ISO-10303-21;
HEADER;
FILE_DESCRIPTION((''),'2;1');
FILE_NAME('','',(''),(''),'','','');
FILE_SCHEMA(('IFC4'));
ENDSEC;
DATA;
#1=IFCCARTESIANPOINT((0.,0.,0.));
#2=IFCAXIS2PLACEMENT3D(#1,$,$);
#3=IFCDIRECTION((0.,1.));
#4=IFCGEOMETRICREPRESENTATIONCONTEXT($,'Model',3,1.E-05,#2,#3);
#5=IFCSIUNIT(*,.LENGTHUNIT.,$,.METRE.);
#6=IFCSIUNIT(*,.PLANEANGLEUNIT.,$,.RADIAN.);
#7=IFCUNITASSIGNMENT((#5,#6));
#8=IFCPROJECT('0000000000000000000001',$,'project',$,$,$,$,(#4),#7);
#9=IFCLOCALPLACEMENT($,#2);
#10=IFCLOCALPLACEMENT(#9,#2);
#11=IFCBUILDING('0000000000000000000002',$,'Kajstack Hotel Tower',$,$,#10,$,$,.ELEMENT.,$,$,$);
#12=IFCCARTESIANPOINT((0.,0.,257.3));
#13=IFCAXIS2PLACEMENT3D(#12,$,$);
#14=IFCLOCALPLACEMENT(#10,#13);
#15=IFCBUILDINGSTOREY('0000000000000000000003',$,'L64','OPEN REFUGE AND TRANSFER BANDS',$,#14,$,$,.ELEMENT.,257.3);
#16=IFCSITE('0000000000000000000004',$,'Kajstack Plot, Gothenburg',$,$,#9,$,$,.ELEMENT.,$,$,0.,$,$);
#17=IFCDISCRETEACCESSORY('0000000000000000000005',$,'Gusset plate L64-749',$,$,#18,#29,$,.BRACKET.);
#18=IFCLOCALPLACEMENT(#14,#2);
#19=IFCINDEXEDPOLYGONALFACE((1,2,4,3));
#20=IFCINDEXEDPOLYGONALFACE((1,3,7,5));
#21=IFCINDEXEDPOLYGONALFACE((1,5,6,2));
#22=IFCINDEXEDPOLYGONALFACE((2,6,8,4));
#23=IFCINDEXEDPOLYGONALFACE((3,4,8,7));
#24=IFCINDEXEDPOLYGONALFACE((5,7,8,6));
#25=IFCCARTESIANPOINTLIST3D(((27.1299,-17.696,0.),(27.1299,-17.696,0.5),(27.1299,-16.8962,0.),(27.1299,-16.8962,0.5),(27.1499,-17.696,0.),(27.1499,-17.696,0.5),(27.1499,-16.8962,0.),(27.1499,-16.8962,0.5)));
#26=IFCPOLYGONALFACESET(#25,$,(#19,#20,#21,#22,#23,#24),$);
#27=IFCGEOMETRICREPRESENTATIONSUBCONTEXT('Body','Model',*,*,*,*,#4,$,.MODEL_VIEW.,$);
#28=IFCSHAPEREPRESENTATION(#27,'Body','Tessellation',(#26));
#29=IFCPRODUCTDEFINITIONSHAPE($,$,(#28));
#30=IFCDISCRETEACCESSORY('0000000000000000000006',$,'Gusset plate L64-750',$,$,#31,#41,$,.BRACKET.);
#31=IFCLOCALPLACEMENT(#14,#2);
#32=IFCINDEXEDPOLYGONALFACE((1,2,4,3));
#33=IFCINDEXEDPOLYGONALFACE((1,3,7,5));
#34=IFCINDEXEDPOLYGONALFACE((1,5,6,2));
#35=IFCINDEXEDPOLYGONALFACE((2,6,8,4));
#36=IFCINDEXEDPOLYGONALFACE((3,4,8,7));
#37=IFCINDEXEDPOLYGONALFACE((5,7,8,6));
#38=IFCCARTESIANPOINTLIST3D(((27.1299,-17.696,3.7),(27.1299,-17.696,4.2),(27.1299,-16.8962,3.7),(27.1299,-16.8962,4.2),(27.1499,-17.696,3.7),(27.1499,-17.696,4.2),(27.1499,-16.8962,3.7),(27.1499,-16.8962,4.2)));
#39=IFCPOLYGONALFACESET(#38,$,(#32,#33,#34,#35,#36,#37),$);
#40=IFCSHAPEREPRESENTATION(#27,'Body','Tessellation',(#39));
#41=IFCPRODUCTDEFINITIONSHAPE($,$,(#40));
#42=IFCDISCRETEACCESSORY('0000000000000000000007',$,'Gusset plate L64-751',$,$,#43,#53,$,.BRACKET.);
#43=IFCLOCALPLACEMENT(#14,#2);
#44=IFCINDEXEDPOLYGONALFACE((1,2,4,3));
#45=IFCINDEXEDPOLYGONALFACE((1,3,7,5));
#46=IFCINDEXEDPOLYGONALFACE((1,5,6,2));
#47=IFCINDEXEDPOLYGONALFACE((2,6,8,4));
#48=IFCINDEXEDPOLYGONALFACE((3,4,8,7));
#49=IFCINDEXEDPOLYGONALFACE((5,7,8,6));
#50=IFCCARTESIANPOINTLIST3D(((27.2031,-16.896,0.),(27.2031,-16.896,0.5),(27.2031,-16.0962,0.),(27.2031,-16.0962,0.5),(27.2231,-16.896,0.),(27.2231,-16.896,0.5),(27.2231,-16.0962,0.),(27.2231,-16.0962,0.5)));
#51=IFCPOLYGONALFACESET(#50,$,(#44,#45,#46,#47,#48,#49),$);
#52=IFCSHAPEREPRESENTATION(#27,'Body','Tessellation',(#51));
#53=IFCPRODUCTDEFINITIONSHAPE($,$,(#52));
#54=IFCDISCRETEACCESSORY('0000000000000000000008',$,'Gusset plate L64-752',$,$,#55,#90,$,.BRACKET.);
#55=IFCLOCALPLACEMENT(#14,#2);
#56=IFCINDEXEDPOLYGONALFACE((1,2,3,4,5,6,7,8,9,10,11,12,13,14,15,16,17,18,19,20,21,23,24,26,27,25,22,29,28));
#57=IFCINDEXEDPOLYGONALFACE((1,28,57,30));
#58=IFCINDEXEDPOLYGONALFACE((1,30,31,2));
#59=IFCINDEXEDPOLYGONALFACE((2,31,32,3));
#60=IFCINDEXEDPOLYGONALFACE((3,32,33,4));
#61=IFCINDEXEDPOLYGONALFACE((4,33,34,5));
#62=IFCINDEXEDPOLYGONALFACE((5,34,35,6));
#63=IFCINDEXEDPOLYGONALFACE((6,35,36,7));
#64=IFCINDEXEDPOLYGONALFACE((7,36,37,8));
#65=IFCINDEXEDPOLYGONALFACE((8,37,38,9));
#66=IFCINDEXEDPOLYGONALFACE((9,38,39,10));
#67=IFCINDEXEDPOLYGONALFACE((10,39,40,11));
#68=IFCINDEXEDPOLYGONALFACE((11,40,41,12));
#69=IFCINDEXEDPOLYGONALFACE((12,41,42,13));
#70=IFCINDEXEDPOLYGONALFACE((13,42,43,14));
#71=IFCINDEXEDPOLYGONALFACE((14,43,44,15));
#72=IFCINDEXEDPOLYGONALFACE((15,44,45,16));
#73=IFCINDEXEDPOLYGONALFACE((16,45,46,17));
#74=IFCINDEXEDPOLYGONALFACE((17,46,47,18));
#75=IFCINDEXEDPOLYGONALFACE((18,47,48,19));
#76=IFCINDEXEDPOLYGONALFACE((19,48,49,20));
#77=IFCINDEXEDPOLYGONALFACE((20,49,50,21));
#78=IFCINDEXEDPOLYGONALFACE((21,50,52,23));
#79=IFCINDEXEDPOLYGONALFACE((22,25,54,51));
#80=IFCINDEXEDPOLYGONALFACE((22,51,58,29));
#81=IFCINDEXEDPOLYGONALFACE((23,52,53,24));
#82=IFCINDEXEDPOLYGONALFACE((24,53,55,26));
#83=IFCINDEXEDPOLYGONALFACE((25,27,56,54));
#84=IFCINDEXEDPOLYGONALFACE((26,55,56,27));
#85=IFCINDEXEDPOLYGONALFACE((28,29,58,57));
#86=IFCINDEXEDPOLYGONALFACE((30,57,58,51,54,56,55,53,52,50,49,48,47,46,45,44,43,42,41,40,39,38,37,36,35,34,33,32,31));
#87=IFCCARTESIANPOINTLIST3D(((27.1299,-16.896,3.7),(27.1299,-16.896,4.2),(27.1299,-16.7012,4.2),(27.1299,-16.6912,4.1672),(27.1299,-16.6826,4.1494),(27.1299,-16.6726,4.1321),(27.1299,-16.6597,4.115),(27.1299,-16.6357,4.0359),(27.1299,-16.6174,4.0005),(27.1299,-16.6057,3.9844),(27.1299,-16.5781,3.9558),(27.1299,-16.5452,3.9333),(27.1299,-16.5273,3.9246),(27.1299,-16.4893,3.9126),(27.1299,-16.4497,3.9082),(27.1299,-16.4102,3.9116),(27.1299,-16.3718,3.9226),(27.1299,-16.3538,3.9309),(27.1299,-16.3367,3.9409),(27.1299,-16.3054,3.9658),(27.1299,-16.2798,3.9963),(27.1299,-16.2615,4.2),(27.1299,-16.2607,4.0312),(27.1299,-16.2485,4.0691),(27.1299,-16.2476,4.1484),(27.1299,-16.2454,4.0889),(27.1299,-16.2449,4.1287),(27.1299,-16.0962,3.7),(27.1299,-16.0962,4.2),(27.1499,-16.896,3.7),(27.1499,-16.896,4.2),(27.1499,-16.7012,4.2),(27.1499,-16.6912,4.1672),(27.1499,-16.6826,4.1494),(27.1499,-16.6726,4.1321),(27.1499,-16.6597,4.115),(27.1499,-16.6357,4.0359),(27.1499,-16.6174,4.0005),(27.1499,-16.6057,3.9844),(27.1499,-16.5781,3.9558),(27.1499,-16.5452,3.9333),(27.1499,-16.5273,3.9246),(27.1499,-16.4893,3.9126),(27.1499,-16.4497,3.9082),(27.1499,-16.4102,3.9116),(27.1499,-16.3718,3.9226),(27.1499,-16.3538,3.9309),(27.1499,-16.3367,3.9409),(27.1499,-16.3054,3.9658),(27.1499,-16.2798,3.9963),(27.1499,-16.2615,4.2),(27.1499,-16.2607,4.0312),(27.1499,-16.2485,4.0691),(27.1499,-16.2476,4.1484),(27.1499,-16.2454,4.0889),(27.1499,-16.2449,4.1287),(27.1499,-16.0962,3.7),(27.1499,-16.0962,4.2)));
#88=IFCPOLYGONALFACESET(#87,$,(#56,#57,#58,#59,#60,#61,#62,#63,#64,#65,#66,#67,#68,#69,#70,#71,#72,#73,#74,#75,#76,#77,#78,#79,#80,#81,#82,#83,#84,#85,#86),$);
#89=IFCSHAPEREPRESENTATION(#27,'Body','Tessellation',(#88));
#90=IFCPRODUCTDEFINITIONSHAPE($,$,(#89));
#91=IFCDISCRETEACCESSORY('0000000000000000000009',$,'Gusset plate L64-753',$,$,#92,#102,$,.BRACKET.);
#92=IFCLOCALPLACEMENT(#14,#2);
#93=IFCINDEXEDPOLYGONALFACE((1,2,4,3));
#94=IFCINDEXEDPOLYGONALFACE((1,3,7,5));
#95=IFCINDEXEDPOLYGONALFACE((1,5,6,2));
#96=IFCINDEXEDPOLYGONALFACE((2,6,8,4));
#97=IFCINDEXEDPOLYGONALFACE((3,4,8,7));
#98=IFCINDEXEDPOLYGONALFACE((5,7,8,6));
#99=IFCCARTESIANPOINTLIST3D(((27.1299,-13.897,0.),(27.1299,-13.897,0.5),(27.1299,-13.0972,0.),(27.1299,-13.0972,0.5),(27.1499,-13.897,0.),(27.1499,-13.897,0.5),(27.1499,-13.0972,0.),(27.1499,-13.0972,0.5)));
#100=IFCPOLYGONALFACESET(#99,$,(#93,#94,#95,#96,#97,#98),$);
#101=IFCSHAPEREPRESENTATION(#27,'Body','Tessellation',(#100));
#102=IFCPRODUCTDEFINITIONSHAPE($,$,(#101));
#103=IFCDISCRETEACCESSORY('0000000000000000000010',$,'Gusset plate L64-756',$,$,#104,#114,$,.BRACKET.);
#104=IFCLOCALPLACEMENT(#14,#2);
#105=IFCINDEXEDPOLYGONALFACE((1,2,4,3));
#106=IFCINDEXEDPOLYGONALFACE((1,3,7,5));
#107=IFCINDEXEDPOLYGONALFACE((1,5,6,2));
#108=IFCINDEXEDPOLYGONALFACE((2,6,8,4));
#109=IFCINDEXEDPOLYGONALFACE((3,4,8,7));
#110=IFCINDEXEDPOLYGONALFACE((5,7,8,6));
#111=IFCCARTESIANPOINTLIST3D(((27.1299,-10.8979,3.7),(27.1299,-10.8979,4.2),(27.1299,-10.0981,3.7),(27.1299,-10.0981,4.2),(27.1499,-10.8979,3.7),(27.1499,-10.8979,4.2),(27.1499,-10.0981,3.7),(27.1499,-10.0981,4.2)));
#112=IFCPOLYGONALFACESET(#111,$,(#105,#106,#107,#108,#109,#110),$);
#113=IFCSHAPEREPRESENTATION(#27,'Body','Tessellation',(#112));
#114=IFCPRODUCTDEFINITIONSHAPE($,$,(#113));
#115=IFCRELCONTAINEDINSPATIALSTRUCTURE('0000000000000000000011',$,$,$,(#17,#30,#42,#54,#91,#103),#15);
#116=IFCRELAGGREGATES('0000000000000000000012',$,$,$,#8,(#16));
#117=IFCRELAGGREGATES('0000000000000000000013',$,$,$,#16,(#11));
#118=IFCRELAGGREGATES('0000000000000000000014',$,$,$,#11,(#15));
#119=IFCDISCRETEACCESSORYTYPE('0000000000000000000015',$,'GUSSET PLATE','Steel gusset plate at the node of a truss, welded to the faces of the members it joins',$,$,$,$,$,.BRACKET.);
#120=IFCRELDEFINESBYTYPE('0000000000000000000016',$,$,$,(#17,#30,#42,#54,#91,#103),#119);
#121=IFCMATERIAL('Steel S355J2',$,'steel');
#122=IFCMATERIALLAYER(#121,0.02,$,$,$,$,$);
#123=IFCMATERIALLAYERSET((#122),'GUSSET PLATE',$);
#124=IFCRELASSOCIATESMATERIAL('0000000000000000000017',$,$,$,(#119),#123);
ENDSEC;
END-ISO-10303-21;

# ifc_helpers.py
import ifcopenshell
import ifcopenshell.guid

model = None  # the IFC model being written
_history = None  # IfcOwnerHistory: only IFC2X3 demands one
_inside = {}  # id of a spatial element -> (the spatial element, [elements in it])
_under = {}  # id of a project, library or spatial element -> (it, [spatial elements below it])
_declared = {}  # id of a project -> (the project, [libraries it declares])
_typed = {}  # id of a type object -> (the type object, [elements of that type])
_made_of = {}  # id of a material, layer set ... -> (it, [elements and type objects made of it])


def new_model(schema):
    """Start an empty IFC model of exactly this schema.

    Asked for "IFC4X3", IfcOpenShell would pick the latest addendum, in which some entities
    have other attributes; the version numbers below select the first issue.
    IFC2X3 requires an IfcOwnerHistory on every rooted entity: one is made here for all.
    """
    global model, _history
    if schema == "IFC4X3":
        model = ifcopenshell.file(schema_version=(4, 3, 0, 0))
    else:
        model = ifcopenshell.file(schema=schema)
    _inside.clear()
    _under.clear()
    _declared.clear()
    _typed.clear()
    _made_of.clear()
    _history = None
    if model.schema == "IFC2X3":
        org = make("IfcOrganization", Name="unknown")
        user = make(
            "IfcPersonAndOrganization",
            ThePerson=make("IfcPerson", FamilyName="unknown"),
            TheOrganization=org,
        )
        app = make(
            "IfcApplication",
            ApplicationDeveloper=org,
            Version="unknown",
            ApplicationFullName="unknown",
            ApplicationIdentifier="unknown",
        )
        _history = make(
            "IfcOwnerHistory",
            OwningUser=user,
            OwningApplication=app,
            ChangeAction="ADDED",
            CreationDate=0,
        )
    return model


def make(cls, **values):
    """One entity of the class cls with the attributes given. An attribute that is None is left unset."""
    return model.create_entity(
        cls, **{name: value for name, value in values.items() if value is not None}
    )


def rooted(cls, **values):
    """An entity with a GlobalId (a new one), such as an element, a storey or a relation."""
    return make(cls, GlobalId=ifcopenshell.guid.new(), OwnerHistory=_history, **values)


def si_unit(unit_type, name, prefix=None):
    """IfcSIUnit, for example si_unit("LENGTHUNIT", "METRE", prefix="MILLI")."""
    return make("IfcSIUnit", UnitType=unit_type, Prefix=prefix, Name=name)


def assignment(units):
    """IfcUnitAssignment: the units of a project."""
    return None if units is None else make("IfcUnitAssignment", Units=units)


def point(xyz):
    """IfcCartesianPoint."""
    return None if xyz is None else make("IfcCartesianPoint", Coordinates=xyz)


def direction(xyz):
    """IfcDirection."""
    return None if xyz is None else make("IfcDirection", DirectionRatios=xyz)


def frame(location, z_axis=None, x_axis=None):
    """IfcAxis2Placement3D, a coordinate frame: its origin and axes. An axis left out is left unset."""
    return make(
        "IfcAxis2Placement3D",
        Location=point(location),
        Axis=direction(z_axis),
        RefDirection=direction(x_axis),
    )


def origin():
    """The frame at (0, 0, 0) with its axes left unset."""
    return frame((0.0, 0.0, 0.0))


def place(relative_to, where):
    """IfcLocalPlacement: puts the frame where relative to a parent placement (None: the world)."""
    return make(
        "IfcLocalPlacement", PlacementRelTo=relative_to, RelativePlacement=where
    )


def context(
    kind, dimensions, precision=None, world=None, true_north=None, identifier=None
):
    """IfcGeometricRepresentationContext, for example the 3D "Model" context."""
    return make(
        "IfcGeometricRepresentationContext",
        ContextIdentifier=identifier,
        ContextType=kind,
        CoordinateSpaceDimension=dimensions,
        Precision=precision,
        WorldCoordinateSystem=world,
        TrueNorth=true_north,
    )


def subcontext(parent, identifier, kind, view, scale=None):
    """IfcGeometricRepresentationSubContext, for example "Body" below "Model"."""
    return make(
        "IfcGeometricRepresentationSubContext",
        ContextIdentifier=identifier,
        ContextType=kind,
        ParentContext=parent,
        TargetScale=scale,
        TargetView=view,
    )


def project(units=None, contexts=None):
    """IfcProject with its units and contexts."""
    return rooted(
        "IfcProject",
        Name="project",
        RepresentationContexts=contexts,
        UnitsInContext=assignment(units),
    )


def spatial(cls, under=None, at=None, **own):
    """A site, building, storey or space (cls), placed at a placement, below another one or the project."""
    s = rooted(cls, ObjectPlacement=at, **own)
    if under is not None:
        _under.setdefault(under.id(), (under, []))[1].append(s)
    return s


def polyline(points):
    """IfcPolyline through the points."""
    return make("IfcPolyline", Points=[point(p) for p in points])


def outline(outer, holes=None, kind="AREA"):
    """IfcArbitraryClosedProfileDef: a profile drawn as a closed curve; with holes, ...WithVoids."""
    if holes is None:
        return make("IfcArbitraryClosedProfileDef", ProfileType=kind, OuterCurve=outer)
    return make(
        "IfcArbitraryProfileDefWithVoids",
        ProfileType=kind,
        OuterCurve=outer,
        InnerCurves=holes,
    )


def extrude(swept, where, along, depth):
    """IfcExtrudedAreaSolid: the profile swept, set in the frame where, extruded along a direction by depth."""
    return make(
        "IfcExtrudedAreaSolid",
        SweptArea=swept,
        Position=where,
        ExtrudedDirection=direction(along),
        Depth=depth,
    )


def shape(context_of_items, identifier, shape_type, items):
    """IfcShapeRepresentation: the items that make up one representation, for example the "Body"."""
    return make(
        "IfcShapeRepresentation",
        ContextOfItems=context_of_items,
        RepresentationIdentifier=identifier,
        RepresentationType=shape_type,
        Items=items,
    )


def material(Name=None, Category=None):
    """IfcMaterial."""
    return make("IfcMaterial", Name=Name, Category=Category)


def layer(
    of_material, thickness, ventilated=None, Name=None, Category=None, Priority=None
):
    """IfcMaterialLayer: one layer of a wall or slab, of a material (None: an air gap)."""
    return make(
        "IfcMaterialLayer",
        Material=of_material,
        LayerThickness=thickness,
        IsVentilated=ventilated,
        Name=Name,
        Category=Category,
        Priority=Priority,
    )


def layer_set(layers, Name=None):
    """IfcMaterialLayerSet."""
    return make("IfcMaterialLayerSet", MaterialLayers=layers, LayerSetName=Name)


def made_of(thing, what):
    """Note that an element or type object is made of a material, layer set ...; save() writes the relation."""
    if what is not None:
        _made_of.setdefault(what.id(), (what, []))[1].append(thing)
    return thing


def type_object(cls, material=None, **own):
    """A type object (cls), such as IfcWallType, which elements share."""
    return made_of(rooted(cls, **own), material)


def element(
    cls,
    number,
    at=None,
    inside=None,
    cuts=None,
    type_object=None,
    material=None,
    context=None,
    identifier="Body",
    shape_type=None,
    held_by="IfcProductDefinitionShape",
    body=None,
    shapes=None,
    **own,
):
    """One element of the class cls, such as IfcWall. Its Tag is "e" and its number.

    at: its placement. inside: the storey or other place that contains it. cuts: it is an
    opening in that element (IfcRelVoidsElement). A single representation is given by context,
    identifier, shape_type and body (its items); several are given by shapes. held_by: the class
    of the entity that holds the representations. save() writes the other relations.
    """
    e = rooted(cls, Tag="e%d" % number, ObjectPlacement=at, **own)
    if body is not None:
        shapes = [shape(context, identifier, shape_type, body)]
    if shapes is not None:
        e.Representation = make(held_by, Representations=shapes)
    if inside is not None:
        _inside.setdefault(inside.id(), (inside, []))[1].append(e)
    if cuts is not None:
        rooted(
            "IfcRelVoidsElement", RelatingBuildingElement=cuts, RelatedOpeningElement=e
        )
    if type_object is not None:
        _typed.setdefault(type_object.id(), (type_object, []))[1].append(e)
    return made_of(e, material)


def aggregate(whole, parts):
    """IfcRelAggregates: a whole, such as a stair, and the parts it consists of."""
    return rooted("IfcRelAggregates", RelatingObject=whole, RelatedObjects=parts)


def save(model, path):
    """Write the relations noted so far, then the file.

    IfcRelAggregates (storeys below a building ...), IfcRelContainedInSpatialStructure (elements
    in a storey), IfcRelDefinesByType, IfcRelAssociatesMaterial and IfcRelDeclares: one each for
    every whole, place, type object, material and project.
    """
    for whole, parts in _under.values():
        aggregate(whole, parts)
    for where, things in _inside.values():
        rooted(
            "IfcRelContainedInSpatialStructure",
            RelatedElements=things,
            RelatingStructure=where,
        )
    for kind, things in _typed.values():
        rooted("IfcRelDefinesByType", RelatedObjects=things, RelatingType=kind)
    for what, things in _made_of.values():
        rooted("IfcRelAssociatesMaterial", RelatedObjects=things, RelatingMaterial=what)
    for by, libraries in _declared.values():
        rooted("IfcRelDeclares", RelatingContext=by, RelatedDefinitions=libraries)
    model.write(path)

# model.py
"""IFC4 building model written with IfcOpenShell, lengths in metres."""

from ifc_helpers import new_model, si_unit, direction, frame, origin, place, context, subcontext, project, spatial, polyline, outline, extrude, material, layer, layer_set, type_object, element, save


model = new_model("IFC4")

# Units and contexts
model_context = context("Model", 3, precision=1e-05, world=origin(), true_north=direction((0.0, 1.0)))
body_context = subcontext(model_context, "Body", "Model", "MODEL_VIEW")
ifc_project = project(units=[si_unit("LENGTHUNIT", "METRE"), si_unit("PLANEANGLEUNIT", "RADIAN")], contexts=[model_context])

# Site, building, storey
site_placement = place(None, origin())
site = spatial("IfcSite", under=ifc_project, at=site_placement, Name="Kajstack Plot, Gothenburg", CompositionType="ELEMENT", RefElevation=0.0)
building_placement = place(site_placement, origin())
building = spatial("IfcBuilding", under=site, at=building_placement, Name="Kajstack Hotel Tower", CompositionType="ELEMENT")
storey_placement = place(building_placement, frame((0.0, 0.0, 257.3)))
storey = spatial("IfcBuildingStorey", under=building, at=storey_placement, Name="L64", Description="OPEN REFUGE AND TRANSFER BANDS", CompositionType="ELEMENT", Elevation=257.3)

# Shared definitions
ifc_material = material(Name="Steel S355J2", Category="steel")

# Discrete accessories
ifc_layer = layer(ifc_material, 0.02)
ifc_layer_set = layer_set([ifc_layer], Name="GUSSET PLATE")
discrete_accessory_type = type_object("IfcDiscreteAccessoryType", Name="GUSSET PLATE", Description="Steel gusset plate at the node of a truss, welded to the faces of the members it joins", PredefinedType="BRACKET", material=ifc_layer_set)
for number, where, z_axis, x_axis, name in (
    (1, (27.1299, -17.2961, 0.0), (1.0, 0.0, 0.0), (0.0, 1.0, 0.0), "Gusset plate L64-749"),
    (2, (27.1299, -17.2961, 3.7), (1.0, 0.0, 0.0), (0.0, 1.0, 0.0), "Gusset plate L64-750"),
    (3, (27.2031, -16.4961, 0.0), (1.0, 0.0, 0.0), (0.0, 1.0, 0.0), "Gusset plate L64-751"),
):
    element("IfcDiscreteAccessory", number, at=place(storey_placement, frame(where, z_axis=z_axis, x_axis=x_axis)), inside=storey, type_object=discrete_accessory_type, Name=name, PredefinedType="BRACKET", context=body_context, shape_type="SweptSolid", body=[
        extrude(outline(polyline([(-0.3999, 0.0), (0.3999, 0.0), (0.3999, 0.5), (-0.3999, 0.5), (-0.3999, 0.0)])), origin(), (0.0, 0.0, 1.0), 0.02),
    ])
discrete_accessory_placement = place(storey_placement, frame((27.1299, -16.4961, 3.7), z_axis=(1.0, 0.0, 0.0), x_axis=(0.0, 1.0, 0.0)))
element("IfcDiscreteAccessory", 4, at=discrete_accessory_placement, inside=storey, type_object=discrete_accessory_type, Name="Gusset plate L64-752", PredefinedType="BRACKET", context=body_context, shape_type="SweptSolid", body=[
    extrude(outline(polyline([(0.3999, 0.5), (0.2346, 0.5), (0.2485, 0.4485), (0.2512, 0.4287), (0.2507, 0.3889), (0.2476, 0.3691), (0.2354, 0.3313), (0.2163, 0.2964), (0.1907, 0.2659), (0.1594, 0.241), (0.1423, 0.231), (0.1243, 0.2227), (0.0859, 0.2117), (0.0464, 0.2083), (0.0068, 0.2126), (-0.0312, 0.2246), (-0.0491, 0.2334), (-0.082, 0.2559), (-0.1096, 0.2844), (-0.1213, 0.3005), (-0.1396, 0.3359), (-0.1636, 0.415), (-0.1765, 0.4321), (-0.1865, 0.4495), (-0.1951, 0.4673), (-0.2051, 0.5), (-0.3999, 0.5), (-0.3999, 0.0), (0.3999, 0.0), (0.3999, 0.5)])), origin(), (0.0, 0.0, 1.0), 0.02),
])
for number, where, z_axis, x_axis, name in (
    (5, (27.1299, -13.4971, 0.0), (1.0, 0.0, 0.0), (0.0, 1.0, 0.0), "Gusset plate L64-753"),
    (6, (27.1299, -10.498, 3.7), (1.0, 0.0, 0.0), (0.0, 1.0, 0.0), "Gusset plate L64-756"),
):
    element("IfcDiscreteAccessory", number, at=place(storey_placement, frame(where, z_axis=z_axis, x_axis=x_axis)), inside=storey, type_object=discrete_accessory_type, Name=name, PredefinedType="BRACKET", context=body_context, shape_type="SweptSolid", body=[
        extrude(outline(polyline([(-0.3999, 0.0), (0.3999, 0.0), (0.3999, 0.5), (-0.3999, 0.5), (-0.3999, 0.0)])), origin(), (0.0, 0.0, 1.0), 0.02),
    ])

save(model, "model.ifc")
